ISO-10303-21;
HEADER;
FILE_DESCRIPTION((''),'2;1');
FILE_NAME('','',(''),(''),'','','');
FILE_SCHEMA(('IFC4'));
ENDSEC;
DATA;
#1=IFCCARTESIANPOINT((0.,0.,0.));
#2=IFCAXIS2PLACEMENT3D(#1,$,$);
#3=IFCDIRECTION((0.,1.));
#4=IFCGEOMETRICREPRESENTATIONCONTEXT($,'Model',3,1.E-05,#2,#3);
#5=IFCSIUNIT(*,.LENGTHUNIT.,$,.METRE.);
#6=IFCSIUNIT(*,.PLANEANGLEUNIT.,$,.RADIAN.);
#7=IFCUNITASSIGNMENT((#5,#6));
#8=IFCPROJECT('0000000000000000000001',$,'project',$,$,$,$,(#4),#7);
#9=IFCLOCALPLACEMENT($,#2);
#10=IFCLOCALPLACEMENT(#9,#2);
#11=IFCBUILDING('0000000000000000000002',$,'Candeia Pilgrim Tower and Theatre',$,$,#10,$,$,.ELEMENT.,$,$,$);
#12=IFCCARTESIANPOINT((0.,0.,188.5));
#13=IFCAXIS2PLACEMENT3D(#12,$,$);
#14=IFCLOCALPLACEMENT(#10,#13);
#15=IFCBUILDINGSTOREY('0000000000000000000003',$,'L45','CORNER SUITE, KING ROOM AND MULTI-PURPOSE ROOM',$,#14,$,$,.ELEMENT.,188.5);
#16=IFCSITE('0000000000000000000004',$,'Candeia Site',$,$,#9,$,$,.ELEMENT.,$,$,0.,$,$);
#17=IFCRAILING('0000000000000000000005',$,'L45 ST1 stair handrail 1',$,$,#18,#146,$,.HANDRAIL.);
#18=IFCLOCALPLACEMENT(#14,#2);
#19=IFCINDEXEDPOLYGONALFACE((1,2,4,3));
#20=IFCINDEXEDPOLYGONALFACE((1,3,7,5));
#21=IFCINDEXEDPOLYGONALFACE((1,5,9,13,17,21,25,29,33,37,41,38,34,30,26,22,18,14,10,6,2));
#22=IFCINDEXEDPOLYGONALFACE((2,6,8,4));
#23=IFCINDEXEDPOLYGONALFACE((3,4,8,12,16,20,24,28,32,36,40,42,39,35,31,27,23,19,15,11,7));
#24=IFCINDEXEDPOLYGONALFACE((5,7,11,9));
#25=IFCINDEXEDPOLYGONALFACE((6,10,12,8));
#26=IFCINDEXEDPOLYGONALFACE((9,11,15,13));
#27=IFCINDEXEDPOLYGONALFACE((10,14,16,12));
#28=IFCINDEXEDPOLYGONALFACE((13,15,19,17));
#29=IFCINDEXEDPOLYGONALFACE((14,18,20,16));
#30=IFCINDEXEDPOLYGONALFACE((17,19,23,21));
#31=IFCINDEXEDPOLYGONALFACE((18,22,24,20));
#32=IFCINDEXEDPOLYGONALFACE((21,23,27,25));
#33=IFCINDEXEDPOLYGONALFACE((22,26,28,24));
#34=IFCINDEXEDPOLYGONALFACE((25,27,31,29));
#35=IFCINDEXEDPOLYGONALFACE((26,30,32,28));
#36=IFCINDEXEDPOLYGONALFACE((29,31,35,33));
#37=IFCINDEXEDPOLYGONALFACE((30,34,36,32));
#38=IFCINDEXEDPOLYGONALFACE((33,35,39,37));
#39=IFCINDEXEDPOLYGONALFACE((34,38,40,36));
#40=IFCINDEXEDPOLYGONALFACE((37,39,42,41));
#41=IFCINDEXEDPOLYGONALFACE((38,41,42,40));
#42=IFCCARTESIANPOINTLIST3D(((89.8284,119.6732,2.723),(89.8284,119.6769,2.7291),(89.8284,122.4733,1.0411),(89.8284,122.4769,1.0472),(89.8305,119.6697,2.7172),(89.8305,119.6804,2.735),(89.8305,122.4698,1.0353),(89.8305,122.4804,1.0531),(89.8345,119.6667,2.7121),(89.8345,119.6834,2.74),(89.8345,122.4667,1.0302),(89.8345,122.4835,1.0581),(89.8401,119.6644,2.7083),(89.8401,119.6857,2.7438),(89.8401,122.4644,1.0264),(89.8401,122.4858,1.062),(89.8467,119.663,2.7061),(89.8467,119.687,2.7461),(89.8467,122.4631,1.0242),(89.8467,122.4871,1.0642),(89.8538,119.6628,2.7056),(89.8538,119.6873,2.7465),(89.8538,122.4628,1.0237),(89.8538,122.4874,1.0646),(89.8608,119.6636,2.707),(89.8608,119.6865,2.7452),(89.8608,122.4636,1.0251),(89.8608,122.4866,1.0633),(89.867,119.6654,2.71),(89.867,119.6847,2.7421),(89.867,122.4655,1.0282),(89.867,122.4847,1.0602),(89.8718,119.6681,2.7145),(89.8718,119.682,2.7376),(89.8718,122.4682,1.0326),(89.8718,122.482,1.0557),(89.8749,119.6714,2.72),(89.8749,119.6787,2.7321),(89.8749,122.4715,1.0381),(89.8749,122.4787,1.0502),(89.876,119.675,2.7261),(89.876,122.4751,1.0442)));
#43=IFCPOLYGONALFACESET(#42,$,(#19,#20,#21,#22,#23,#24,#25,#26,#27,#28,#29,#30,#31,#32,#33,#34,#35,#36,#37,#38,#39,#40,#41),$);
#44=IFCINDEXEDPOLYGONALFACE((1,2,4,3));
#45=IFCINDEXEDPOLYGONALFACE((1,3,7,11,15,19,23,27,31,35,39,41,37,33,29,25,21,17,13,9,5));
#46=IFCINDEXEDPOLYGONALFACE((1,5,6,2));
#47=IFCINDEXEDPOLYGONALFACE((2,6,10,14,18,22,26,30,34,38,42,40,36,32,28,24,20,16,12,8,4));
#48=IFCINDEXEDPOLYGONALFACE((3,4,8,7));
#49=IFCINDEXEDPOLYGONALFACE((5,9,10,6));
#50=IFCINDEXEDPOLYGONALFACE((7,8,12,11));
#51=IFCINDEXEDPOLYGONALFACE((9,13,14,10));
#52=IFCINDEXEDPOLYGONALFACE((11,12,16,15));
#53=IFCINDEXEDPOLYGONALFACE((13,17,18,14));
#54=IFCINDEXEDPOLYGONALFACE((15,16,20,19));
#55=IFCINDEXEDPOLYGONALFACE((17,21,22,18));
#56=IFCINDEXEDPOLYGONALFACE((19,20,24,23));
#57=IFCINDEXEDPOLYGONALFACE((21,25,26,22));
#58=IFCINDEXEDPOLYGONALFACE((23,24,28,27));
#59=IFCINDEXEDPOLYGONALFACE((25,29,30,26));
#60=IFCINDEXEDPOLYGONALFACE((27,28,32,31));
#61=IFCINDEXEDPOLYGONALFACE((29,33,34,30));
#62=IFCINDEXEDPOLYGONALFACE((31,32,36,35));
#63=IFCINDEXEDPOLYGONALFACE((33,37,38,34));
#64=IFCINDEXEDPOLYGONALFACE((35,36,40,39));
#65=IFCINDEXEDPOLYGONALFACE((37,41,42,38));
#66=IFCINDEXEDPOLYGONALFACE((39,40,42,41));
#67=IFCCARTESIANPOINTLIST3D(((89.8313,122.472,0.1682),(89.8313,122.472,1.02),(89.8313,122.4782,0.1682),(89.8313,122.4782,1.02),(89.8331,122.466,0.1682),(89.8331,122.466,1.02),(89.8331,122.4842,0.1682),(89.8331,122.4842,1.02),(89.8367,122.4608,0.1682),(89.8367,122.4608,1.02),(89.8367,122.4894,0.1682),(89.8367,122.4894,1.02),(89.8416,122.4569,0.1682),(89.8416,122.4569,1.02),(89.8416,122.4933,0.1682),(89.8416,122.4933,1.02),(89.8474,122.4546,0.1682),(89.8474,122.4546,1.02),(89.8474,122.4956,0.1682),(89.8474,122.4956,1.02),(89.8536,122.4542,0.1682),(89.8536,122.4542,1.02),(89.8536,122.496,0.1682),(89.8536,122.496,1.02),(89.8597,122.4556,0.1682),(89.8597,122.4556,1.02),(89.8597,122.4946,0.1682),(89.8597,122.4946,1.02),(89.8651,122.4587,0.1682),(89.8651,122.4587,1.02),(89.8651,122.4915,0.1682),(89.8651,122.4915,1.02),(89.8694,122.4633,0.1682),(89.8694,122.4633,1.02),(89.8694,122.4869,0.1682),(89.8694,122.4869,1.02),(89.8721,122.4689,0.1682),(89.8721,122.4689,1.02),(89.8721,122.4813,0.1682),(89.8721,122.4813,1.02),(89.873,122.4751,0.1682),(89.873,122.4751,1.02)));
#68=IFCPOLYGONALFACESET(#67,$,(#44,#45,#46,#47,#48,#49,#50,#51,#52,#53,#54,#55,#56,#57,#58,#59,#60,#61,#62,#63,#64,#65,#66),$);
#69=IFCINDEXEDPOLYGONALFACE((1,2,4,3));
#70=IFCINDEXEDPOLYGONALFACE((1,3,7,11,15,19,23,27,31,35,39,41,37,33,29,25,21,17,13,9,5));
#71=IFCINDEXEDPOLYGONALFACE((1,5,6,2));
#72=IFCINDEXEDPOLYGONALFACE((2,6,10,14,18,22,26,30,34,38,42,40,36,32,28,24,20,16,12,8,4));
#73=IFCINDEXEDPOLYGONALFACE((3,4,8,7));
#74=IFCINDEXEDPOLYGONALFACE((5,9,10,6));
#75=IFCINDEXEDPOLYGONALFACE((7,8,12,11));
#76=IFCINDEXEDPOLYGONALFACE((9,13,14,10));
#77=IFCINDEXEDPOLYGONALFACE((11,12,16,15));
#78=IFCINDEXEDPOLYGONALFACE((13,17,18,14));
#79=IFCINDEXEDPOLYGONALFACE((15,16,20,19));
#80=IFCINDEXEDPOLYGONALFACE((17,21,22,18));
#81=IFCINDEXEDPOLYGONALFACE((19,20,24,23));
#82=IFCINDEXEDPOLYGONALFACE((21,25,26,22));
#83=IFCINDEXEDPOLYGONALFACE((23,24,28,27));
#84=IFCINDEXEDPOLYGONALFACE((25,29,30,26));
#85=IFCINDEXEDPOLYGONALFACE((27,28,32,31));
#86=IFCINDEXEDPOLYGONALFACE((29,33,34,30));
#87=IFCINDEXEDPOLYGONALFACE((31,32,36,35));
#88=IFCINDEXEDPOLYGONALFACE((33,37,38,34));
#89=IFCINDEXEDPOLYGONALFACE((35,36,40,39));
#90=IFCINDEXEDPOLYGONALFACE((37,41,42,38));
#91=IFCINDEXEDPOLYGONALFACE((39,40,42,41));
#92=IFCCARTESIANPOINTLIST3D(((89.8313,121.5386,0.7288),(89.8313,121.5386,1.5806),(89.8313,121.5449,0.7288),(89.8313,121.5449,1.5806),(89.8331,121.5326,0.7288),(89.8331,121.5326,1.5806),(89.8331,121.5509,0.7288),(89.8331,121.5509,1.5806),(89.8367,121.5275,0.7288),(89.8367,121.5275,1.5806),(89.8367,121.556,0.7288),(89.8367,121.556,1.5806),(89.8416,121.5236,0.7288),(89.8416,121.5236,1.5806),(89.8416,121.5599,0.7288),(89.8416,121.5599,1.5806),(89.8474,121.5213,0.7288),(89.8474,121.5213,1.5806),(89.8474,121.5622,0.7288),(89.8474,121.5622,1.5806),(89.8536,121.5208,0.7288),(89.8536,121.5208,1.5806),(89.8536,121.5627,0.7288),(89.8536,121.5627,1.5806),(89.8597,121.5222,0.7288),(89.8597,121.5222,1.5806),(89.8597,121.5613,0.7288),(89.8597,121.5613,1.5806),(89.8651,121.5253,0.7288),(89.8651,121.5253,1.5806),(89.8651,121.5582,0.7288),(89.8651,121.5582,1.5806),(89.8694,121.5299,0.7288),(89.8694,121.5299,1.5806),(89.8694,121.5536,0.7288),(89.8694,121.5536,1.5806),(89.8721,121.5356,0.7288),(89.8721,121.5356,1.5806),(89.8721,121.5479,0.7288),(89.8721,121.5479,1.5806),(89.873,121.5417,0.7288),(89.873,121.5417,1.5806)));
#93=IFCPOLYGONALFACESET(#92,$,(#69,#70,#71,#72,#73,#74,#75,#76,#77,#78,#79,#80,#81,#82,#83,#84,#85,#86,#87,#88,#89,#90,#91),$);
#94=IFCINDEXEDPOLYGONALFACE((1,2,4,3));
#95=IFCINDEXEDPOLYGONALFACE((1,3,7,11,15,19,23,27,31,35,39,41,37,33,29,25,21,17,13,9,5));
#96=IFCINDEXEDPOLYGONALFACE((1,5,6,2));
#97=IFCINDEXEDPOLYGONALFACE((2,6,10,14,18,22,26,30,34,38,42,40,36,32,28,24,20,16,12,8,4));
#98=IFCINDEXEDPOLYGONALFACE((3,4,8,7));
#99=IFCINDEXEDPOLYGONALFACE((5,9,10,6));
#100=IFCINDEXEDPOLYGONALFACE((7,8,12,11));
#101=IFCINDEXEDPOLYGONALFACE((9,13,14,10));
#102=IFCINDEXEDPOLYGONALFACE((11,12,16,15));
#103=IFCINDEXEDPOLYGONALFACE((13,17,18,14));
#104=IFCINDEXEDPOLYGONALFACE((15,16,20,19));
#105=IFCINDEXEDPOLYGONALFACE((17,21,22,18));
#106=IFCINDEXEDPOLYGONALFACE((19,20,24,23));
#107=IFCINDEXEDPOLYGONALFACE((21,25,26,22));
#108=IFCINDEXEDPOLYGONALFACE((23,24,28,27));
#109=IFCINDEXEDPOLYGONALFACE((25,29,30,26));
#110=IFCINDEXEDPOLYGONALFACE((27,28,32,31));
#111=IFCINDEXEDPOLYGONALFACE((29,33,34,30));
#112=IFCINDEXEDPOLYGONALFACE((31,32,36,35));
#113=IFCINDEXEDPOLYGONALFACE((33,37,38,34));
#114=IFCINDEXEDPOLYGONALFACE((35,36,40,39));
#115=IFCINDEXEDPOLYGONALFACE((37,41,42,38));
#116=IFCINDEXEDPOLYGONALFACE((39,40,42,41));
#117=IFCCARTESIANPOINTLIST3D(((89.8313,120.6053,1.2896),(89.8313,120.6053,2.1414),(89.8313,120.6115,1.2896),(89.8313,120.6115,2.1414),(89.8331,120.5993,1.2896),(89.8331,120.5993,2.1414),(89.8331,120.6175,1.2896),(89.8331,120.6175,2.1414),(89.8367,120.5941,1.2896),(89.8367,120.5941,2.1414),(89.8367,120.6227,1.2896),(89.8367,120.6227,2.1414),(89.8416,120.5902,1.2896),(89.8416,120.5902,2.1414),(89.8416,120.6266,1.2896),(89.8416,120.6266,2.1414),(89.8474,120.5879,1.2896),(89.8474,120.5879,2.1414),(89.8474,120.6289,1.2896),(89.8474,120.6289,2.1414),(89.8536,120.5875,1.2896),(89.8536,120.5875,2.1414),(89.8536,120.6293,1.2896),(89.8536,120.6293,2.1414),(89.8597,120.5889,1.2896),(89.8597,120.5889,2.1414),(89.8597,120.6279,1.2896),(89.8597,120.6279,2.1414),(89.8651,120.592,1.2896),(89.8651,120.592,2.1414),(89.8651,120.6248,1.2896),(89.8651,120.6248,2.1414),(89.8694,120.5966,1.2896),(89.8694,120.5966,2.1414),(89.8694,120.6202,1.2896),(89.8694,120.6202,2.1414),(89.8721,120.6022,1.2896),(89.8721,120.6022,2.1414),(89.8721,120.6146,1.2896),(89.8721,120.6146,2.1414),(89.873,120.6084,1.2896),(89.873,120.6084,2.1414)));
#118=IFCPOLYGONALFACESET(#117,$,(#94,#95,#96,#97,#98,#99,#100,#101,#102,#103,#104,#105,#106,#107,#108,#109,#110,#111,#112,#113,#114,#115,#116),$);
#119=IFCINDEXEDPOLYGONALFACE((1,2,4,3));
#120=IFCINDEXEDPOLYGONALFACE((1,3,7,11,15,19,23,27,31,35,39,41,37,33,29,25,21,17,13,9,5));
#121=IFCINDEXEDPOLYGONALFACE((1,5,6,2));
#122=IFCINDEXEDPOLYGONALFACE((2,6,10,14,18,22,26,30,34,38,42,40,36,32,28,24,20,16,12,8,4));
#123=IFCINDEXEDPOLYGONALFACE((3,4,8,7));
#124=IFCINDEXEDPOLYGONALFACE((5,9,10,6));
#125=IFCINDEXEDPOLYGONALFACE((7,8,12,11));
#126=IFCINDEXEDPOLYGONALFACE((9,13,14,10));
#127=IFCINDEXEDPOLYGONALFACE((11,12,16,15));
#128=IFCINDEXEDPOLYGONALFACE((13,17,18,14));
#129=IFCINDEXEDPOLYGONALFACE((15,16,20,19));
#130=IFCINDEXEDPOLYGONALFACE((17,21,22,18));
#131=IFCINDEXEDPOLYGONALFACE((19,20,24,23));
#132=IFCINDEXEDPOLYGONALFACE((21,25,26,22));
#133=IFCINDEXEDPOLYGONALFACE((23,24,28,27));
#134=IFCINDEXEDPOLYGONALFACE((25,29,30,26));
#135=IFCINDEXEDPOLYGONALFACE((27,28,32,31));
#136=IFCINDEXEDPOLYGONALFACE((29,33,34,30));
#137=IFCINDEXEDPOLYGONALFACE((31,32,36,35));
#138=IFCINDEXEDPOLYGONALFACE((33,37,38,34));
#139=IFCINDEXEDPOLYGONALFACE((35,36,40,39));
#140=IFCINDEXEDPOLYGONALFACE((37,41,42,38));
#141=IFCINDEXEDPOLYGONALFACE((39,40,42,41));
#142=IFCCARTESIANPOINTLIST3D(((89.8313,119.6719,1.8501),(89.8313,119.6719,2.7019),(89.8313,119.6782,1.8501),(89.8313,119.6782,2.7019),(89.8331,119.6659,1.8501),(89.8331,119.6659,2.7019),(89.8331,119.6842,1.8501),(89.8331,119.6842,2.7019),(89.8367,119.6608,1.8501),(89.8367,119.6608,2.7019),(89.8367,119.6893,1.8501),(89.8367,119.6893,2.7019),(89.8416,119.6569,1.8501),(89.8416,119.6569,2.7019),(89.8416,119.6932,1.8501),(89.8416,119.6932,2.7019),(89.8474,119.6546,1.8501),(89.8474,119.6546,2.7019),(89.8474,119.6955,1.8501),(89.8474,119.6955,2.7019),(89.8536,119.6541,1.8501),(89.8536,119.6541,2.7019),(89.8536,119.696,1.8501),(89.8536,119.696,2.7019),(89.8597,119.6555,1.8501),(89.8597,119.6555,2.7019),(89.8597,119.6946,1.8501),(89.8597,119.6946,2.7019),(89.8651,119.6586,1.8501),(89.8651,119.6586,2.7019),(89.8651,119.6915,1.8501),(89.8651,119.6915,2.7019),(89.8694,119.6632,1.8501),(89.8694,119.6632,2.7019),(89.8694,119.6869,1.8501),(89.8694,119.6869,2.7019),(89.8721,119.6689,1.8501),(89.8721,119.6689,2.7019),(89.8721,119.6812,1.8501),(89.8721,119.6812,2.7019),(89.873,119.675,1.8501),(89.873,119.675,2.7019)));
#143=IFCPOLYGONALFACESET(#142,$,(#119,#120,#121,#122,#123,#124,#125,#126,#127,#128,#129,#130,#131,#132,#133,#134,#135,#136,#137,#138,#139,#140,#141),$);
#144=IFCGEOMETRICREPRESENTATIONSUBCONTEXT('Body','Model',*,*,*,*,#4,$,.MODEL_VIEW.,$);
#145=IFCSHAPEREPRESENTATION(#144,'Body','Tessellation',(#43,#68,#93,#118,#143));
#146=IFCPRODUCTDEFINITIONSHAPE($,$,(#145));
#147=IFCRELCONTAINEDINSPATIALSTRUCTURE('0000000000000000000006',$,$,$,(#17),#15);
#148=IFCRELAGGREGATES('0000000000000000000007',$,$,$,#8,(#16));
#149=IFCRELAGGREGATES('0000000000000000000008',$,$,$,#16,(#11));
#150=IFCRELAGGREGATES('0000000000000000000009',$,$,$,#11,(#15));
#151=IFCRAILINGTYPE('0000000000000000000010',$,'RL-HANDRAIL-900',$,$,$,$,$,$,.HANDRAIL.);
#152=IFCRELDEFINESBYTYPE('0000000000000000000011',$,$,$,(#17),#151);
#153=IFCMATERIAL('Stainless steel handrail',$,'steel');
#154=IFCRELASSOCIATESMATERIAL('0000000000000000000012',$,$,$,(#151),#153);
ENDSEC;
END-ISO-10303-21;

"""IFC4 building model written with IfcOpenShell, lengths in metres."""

from ifc_helpers import new_model, si_unit, direction, frame, origin, origin_2d, place, context, subcontext, project, spatial, circle, extrude, material, type_object, element, save


model = new_model("IFC4")

# Units and contexts
model_context = context("Model", 3, precision=1e-05, world=origin(), true_north=direction((0.0, 1.0)))
body_context = subcontext(model_context, "Body", "Model", "MODEL_VIEW")
ifc_project = project(units=[si_unit("LENGTHUNIT", "METRE"), si_unit("PLANEANGLEUNIT", "RADIAN")], contexts=[model_context])

# Site, building, storey
site_placement = place(None, origin())
site = spatial("IfcSite", under=ifc_project, at=site_placement, Name="Candeia Site", CompositionType="ELEMENT", RefElevation=0.0)
building_placement = place(site_placement, origin())
building = spatial("IfcBuilding", under=site, at=building_placement, Name="Candeia Pilgrim Tower and Theatre", CompositionType="ELEMENT")
storey_placement = place(building_placement, frame((0.0, 0.0, 188.5)))
storey = spatial("IfcBuildingStorey", under=building, at=storey_placement, Name="L45", Description="CORNER SUITE, KING ROOM AND MULTI-PURPOSE ROOM", CompositionType="ELEMENT", Elevation=188.5)

# Railing
ifc_material_1 = material(Name="Stainless steel handrail", Category="steel")
railing_type_1 = type_object("IfcRailingType", Name="RL-HANDRAIL-900", PredefinedType="HANDRAIL", material=ifc_material_1)
railing_1_placement = place(storey_placement, frame((89.8521, 122.4751, 0.1682)))
element("IfcRailing", 1, at=railing_1_placement, inside=storey, type_object=railing_type_1, Name="L45 ST1 stair handrail 1", PredefinedType="HANDRAIL", context=body_context, shape_type="SweptSolid", body=[
    extrude(circle(Radius=0.0239, at=origin_2d()), frame((0.0, 0.0, 0.876), z_axis=(0.0, -0.857242, 0.514913), x_axis=(1.0, 0.0, 0.0)), (0.0, 0.0, 1.0), 3.2664),
    extrude(circle(Radius=0.021, at=origin_2d()), origin(), (0.0, 0.0, 1.0), 0.8518),
    extrude(circle(Radius=0.021, at=origin_2d()), frame((0.0, -0.9333, 0.5605)), (0.0, 0.0, 1.0), 0.8518),
    extrude(circle(Radius=0.021, at=origin_2d()), frame((0.0, -1.8667, 1.1213)), (0.0, 0.0, 1.0), 0.8518),
    extrude(circle(Radius=0.021, at=origin_2d()), frame((0.0, -2.8, 1.6819)), (0.0, 0.0, 1.0), 0.8518),
])

save(model, "model.ifc")
